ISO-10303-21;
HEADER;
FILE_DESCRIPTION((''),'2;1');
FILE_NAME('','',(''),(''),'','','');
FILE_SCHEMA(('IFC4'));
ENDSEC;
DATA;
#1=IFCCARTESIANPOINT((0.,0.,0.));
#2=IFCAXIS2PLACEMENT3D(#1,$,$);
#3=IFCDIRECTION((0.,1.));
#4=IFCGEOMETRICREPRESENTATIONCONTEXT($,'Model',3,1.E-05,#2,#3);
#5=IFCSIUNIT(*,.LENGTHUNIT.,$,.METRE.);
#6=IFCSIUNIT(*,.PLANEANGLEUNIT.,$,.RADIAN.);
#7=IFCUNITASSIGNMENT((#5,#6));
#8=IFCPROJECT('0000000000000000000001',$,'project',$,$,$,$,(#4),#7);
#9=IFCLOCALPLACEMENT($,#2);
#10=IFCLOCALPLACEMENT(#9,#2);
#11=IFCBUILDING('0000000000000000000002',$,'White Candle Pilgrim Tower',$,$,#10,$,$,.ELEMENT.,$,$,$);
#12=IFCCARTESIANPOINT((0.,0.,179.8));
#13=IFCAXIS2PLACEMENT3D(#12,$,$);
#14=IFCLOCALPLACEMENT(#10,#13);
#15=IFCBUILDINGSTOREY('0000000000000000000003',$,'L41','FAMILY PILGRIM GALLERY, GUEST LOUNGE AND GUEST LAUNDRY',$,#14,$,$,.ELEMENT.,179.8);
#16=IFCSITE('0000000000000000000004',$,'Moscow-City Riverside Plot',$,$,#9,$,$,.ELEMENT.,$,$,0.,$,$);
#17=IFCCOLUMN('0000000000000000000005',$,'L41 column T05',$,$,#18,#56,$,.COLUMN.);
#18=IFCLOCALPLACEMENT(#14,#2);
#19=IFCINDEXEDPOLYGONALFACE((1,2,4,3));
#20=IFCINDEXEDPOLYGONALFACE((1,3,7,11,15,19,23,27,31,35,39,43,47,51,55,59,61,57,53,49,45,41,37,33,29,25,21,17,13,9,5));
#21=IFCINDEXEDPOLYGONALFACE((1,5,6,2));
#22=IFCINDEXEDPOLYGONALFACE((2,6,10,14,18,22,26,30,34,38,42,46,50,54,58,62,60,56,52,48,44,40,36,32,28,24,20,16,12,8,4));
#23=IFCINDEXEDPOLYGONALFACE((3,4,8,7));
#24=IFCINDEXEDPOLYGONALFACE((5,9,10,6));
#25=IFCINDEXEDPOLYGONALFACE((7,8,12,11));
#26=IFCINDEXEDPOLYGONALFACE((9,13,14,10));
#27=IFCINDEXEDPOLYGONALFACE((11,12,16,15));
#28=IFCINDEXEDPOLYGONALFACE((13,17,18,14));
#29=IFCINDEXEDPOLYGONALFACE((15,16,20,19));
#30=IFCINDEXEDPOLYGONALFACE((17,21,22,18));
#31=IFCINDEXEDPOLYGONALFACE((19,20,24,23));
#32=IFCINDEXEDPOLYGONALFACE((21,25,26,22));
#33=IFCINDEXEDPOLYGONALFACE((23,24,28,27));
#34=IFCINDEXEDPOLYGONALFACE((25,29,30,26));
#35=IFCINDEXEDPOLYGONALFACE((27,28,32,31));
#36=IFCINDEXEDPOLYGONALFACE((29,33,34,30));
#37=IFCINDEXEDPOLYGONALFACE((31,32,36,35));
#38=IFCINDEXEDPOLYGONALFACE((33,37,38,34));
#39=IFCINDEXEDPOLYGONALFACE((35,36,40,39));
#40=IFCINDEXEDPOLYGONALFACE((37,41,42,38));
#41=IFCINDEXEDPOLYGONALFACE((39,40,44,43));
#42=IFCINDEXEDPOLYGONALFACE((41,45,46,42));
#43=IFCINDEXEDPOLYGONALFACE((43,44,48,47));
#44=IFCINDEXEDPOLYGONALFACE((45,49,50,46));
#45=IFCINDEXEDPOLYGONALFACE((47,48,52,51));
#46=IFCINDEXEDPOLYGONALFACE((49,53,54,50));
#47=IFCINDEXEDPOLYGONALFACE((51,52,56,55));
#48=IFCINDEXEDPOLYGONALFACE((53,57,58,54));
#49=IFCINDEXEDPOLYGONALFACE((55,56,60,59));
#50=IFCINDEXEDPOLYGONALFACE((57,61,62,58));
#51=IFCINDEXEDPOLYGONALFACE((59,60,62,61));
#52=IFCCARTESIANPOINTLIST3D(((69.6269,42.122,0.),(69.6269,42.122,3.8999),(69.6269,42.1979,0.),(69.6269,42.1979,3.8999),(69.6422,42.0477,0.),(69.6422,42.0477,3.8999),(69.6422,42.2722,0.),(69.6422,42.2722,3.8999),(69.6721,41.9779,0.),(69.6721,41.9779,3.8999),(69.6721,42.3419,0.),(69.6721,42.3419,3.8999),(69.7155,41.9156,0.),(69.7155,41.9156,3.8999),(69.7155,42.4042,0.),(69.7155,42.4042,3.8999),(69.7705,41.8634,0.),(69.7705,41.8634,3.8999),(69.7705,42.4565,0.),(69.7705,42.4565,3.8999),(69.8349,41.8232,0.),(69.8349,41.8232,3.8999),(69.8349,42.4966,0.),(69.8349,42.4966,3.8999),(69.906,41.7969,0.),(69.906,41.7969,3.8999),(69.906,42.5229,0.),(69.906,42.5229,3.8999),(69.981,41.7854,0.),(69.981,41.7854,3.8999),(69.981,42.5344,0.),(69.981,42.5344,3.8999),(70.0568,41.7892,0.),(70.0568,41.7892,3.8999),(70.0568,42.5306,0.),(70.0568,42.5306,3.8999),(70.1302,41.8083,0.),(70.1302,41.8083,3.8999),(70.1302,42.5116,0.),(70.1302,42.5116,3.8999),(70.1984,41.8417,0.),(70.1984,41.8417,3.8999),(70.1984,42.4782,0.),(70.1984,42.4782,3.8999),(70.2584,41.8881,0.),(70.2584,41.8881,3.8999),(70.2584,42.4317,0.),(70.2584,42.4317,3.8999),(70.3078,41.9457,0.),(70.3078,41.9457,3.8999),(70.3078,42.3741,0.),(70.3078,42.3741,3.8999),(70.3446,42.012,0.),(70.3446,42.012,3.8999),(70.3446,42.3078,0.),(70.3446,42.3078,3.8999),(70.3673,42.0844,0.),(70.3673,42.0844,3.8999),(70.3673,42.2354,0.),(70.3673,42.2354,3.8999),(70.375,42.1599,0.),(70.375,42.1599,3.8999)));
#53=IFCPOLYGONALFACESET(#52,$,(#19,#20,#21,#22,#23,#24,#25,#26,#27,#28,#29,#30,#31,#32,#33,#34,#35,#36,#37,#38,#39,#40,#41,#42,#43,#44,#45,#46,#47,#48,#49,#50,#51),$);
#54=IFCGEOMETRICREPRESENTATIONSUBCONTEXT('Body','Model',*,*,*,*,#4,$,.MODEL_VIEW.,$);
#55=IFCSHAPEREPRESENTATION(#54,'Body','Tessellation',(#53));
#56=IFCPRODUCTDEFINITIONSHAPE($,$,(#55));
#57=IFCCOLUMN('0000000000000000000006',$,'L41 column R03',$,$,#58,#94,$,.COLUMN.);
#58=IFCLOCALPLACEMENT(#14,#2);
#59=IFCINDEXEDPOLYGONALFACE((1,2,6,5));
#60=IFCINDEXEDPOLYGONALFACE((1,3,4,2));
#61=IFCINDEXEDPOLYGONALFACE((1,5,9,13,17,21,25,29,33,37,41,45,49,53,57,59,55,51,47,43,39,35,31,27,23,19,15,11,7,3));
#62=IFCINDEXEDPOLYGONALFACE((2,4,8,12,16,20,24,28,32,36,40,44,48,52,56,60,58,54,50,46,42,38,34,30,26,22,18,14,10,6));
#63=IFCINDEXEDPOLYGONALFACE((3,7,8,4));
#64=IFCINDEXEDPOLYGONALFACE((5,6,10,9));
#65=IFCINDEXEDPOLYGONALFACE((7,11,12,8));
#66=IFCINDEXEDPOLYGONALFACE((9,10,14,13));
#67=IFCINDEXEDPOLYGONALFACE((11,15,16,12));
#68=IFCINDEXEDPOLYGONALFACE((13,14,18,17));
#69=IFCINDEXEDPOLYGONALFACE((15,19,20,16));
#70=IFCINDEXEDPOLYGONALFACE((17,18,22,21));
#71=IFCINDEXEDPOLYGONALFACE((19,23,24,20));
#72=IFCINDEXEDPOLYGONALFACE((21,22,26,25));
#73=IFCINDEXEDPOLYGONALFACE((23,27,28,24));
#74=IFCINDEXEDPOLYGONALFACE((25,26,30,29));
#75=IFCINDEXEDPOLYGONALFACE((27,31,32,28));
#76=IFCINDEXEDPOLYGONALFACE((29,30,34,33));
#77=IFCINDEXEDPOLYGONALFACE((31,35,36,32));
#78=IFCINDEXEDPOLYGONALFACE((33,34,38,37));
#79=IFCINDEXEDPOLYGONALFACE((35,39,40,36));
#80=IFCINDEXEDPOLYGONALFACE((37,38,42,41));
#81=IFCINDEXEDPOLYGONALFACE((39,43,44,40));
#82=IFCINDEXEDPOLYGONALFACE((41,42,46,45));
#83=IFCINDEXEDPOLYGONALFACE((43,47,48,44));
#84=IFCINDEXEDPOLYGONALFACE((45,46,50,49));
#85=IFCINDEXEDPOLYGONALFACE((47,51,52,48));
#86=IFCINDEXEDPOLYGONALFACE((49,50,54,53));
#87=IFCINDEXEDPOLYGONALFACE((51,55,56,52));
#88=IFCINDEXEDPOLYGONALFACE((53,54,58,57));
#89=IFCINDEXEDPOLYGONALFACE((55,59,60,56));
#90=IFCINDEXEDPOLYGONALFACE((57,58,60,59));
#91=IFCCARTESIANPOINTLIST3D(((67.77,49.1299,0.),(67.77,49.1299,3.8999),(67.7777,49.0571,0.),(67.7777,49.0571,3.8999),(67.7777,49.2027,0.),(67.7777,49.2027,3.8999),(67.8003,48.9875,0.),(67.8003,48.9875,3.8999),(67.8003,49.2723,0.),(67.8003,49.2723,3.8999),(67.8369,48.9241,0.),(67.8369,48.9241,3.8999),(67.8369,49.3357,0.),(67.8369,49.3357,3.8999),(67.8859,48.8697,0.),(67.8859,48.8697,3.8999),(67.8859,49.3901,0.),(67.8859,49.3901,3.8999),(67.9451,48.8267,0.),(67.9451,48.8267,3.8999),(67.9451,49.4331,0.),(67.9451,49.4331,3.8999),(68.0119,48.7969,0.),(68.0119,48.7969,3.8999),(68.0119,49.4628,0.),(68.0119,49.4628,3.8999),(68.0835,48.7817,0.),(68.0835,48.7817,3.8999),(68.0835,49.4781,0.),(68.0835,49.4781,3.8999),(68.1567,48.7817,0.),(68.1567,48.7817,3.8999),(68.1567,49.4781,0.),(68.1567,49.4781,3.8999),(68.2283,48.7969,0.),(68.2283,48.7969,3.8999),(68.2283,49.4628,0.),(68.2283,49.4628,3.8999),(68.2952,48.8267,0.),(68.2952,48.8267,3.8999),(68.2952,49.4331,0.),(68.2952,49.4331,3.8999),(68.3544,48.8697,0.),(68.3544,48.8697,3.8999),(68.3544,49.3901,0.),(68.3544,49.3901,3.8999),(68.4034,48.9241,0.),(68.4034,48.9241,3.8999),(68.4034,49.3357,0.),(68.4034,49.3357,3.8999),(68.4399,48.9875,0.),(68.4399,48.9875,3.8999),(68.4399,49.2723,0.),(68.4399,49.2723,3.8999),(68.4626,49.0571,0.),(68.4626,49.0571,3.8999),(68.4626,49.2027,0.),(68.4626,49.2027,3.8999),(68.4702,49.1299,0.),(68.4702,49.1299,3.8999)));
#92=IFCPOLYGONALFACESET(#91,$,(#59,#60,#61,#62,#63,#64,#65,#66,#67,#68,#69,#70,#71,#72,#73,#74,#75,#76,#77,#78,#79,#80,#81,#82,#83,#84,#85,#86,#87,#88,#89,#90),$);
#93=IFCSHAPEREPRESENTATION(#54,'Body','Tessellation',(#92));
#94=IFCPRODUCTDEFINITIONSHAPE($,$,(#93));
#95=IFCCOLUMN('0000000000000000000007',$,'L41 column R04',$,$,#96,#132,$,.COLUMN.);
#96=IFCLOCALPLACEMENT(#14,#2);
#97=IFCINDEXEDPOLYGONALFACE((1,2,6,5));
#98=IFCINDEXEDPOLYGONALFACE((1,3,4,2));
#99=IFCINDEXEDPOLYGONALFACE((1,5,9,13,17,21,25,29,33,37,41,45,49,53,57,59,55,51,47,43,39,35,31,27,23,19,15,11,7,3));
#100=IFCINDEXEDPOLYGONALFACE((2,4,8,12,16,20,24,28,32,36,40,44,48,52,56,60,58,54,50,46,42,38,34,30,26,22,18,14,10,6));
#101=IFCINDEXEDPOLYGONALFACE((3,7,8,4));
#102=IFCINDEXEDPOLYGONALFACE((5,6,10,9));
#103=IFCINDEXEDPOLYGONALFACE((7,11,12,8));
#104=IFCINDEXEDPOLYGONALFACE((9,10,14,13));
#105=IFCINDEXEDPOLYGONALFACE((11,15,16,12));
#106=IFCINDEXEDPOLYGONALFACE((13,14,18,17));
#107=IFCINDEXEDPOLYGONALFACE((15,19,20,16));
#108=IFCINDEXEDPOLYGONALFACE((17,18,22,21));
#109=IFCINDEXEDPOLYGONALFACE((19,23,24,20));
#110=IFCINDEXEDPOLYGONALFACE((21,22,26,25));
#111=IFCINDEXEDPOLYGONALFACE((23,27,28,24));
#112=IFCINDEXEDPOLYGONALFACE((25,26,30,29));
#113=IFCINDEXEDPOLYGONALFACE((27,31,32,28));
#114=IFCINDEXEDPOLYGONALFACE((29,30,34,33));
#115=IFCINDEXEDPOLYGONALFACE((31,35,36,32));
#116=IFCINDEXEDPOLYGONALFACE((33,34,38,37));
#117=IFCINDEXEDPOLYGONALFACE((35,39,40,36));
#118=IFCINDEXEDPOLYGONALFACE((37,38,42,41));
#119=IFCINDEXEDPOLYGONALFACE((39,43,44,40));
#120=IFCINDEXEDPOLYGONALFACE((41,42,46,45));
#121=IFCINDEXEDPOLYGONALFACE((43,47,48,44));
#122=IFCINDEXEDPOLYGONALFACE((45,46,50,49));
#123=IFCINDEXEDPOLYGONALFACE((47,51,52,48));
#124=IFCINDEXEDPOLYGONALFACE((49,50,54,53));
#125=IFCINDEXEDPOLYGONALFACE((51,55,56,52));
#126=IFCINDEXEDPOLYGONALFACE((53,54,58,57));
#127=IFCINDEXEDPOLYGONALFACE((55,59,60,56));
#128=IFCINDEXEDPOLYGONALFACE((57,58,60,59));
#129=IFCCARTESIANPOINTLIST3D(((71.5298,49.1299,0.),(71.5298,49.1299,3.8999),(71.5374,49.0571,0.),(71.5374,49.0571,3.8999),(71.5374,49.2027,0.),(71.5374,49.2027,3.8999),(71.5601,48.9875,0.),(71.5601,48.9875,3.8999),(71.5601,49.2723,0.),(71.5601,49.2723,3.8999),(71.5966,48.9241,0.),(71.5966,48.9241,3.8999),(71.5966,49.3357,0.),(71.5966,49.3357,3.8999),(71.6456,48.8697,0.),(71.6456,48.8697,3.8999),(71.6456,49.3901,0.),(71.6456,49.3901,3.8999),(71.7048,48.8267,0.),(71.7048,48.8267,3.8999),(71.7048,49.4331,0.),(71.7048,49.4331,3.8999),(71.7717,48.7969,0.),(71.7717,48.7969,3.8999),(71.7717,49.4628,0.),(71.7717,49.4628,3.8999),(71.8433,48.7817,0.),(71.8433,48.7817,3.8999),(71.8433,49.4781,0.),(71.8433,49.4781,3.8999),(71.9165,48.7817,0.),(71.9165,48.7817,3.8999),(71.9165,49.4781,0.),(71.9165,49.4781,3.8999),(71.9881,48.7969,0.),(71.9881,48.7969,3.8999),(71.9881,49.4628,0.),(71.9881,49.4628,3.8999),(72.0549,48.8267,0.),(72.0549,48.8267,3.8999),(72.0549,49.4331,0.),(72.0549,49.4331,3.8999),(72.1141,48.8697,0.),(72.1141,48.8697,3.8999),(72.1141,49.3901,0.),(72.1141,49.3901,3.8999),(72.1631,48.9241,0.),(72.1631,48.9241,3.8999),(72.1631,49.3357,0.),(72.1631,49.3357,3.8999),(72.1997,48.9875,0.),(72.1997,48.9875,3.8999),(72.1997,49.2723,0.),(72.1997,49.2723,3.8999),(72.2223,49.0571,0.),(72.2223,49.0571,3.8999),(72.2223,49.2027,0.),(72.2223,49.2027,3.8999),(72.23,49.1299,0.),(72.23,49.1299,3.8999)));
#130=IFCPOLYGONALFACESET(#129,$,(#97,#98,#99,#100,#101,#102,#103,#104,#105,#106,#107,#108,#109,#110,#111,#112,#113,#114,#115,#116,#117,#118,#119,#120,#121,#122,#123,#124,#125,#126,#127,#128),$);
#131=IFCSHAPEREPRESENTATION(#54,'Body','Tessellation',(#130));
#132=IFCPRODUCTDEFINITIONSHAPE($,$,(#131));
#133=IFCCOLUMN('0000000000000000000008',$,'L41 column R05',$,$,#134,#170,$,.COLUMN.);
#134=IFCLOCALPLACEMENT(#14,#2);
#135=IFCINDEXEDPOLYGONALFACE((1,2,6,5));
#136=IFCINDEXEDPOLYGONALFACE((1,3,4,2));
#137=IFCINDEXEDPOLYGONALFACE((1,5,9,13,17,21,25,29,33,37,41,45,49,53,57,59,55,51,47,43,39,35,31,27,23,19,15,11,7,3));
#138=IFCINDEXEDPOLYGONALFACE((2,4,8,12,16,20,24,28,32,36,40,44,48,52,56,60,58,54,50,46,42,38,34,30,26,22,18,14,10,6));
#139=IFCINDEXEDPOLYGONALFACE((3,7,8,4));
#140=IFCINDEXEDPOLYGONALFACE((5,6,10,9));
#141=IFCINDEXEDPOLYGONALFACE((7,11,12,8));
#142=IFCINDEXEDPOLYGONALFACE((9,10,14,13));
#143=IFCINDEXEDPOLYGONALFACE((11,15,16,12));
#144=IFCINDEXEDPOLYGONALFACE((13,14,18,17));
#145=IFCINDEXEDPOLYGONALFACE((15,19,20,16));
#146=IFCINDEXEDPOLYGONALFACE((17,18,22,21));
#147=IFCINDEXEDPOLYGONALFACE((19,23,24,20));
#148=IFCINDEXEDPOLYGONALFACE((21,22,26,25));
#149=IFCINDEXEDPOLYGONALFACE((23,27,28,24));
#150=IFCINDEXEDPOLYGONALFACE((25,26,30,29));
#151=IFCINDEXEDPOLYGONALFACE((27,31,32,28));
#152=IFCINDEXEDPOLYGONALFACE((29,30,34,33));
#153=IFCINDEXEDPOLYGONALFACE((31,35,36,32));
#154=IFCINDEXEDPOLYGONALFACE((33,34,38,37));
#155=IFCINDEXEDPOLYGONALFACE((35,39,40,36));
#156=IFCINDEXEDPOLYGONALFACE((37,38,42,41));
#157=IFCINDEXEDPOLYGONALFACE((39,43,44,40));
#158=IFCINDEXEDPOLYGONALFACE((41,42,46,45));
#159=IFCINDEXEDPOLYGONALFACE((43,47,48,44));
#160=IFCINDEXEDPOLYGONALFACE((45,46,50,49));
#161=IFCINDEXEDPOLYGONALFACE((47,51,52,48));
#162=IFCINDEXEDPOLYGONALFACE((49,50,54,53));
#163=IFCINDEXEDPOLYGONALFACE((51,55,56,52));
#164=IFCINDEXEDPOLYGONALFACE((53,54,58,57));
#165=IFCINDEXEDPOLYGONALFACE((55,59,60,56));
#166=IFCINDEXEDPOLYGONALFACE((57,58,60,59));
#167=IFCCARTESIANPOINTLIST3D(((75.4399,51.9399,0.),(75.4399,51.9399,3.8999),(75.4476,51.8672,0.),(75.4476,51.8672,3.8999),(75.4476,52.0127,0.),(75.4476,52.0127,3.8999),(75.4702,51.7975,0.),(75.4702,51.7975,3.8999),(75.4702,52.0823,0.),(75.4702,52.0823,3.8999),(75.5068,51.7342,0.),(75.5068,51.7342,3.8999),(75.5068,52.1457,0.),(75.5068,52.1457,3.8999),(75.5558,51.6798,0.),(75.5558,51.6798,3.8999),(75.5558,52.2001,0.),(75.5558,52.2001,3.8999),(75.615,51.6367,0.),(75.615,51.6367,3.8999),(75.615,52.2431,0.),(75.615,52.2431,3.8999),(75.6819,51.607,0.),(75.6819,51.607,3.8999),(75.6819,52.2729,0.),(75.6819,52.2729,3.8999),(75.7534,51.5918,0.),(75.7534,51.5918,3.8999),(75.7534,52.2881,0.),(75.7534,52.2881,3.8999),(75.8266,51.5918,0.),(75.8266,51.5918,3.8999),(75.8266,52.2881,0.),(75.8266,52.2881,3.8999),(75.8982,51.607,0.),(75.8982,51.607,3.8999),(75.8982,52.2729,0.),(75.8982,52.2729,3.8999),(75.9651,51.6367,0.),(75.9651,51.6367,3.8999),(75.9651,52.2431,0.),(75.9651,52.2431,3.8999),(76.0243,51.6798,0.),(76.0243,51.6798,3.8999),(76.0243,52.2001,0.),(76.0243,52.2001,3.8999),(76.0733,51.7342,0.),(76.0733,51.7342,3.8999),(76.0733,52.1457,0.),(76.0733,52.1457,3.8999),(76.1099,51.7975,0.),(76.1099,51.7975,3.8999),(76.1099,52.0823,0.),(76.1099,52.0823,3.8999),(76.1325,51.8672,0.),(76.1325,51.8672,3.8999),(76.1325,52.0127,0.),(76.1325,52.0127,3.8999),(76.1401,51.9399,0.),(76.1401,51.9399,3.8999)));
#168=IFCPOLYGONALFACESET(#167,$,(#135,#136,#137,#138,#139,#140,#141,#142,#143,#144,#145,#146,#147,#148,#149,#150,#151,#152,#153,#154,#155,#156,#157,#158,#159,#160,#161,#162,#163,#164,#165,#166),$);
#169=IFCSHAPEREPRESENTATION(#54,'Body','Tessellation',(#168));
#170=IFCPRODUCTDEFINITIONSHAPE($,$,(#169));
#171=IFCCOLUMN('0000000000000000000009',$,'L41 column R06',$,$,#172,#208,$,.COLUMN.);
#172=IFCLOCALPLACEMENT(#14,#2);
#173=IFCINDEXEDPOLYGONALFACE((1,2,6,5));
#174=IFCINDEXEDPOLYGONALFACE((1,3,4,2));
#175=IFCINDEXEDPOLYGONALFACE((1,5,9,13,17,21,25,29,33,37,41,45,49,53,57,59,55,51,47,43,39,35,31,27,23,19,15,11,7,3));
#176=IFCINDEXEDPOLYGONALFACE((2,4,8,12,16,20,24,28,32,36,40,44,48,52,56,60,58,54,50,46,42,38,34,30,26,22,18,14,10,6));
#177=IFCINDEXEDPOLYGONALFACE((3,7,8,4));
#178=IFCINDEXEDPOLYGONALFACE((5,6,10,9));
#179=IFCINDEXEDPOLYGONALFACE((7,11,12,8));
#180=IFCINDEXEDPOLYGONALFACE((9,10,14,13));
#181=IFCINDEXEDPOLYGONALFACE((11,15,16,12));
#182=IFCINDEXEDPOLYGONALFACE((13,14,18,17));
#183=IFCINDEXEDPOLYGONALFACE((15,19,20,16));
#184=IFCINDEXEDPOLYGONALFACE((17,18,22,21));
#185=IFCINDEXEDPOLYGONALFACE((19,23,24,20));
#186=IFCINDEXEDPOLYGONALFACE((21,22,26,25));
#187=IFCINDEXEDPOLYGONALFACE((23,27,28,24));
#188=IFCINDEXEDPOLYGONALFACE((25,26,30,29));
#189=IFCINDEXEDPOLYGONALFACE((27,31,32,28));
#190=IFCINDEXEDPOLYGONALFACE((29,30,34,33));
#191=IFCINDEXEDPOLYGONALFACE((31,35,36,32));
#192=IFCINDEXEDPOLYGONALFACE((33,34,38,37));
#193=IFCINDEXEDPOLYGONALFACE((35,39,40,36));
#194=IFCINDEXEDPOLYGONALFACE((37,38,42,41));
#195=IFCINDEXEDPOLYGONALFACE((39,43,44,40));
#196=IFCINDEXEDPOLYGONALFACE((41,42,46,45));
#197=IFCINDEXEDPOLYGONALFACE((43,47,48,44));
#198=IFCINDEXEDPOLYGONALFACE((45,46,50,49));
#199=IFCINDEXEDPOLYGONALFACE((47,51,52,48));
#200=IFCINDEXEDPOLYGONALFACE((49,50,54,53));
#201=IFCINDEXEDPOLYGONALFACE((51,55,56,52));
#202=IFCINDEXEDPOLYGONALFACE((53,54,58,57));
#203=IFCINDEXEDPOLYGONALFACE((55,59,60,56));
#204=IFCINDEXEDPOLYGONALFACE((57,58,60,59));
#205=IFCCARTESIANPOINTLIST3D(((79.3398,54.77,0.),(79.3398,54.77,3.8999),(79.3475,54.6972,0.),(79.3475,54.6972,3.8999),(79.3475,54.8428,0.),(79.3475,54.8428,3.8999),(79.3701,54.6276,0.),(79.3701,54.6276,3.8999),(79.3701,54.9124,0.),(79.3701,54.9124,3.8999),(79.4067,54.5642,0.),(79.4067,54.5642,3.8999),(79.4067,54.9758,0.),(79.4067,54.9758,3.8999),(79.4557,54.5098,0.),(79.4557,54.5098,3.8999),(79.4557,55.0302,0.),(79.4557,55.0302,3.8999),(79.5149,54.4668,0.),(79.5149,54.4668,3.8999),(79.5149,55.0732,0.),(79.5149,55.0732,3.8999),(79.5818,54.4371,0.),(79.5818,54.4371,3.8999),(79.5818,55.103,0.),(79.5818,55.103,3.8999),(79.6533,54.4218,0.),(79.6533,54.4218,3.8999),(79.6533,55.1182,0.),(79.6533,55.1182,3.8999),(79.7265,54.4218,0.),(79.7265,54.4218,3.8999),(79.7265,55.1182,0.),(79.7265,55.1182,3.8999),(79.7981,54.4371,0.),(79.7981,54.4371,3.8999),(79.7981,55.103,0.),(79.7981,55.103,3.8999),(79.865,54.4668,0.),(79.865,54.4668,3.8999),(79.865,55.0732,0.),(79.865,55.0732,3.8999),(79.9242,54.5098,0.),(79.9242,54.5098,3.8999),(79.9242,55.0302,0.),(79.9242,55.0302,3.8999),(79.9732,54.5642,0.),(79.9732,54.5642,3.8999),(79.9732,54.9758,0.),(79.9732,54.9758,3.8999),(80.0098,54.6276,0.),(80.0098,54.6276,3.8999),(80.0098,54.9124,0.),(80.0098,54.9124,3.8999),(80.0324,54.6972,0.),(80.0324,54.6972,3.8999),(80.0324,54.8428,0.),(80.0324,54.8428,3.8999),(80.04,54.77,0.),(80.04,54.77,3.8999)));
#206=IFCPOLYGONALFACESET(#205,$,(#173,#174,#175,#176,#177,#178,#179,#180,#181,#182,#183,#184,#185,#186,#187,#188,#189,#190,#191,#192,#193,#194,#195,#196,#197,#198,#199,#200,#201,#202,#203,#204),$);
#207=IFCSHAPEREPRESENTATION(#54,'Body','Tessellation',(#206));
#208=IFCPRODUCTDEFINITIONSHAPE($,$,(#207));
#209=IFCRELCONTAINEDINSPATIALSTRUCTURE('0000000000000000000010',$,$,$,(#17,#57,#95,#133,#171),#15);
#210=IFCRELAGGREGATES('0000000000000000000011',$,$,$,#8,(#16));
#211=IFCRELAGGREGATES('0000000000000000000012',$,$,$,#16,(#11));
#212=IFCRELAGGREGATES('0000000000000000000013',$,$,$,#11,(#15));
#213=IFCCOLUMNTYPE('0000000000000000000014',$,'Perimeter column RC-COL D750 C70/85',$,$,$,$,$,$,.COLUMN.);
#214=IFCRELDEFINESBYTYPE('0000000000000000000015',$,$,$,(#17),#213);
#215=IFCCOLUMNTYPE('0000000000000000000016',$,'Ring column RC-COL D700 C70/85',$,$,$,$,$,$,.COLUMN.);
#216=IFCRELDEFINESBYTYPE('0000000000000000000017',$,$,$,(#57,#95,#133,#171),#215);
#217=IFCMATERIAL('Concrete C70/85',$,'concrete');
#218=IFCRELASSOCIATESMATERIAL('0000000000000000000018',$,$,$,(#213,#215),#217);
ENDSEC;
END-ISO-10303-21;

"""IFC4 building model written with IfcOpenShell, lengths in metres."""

from ifc_helpers import new_model, si_unit, direction, frame, origin, origin_2d, place, context, subcontext, project, spatial, circle, extrude, material, material_profile, profile_set, type_object, element, save


model = new_model("IFC4")

# Units and contexts
model_context = context("Model", 3, precision=1e-05, world=origin(), true_north=direction((0.0, 1.0)))
body_context = subcontext(model_context, "Body", "Model", "MODEL_VIEW")
ifc_project = project(units=[si_unit("LENGTHUNIT", "METRE"), si_unit("PLANEANGLEUNIT", "RADIAN")], contexts=[model_context])

# Site, building, storey
site_placement = place(None, origin())
site = spatial("IfcSite", under=ifc_project, at=site_placement, Name="Moscow-City Riverside Plot", CompositionType="ELEMENT", RefElevation=0.0)
building_placement = place(site_placement, origin())
building = spatial("IfcBuilding", under=site, at=building_placement, Name="White Candle Pilgrim Tower", CompositionType="ELEMENT")
storey_placement = place(building_placement, frame((0.0, 0.0, 179.8)))
storey = spatial("IfcBuildingStorey", under=building, at=storey_placement, Name="L41", Description="FAMILY PILGRIM GALLERY, GUEST LOUNGE AND GUEST LAUNDRY", CompositionType="ELEMENT", Elevation=179.8)

# Columns
ifc_material_1 = material(Name="Concrete C70/85", Category="concrete")
ifc_material_profile_1 = material_profile(ifc_material_1, circle(Radius=0.375, at=origin_2d()), Name="RC-COL D750")
ifc_profile_set_1 = profile_set([ifc_material_profile_1], Name="Concrete C70/85")
column_type_1 = type_object("IfcColumnType", Name="Perimeter column RC-COL D750 C70/85", PredefinedType="COLUMN", material=ifc_profile_set_1)
column_placement = place(storey_placement, frame((70.0, 42.1599, 0.0), z_axis=(0.0, 0.0, 1.0), x_axis=(1.0, 0.0, 0.0)))
element("IfcColumn", 1, at=column_placement, inside=storey, type_object=column_type_1, Name="L41 column T05", PredefinedType="COLUMN", context=body_context, shape_type="SweptSolid", body=[
    extrude(circle(Radius=0.375, at=origin_2d()), origin(), (0.0, 0.0, 1.0), 3.8999),
])
ifc_material_profile_2 = material_profile(ifc_material_1, circle(Radius=0.3501, at=origin_2d()), Name="RC-COL D700")
ifc_profile_set_2 = profile_set([ifc_material_profile_2], Name="Concrete C70/85")
column_type_2 = type_object("IfcColumnType", Name="Ring column RC-COL D700 C70/85", PredefinedType="COLUMN", material=ifc_profile_set_2)
for number, where, z_axis, x_axis, name in (
    (2, (68.1201, 49.1299, 0.0), (0.0, 0.0, 1.0), (1.0, 0.0, 0.0), "L41 column R03"),
    (3, (71.8799, 49.1299, 0.0), (0.0, 0.0, 1.0), (1.0, 0.0, 0.0), "L41 column R04"),
    (4, (75.79, 51.9399, 0.0), (0.0, 0.0, 1.0), (1.0, 0.0, 0.0), "L41 column R05"),
    (5, (79.6899, 54.77, 0.0), (0.0, 0.0, 1.0), (1.0, 0.0, 0.0), "L41 column R06"),
):
    element("IfcColumn", number, at=place(storey_placement, frame(where, z_axis=z_axis, x_axis=x_axis)), inside=storey, type_object=column_type_2, Name=name, PredefinedType="COLUMN", context=body_context, shape_type="SweptSolid", body=[
        extrude(circle(Radius=0.3501, at=origin_2d()), origin(), (0.0, 0.0, 1.0), 3.8999),
    ])

save(model, "model.ifc")
